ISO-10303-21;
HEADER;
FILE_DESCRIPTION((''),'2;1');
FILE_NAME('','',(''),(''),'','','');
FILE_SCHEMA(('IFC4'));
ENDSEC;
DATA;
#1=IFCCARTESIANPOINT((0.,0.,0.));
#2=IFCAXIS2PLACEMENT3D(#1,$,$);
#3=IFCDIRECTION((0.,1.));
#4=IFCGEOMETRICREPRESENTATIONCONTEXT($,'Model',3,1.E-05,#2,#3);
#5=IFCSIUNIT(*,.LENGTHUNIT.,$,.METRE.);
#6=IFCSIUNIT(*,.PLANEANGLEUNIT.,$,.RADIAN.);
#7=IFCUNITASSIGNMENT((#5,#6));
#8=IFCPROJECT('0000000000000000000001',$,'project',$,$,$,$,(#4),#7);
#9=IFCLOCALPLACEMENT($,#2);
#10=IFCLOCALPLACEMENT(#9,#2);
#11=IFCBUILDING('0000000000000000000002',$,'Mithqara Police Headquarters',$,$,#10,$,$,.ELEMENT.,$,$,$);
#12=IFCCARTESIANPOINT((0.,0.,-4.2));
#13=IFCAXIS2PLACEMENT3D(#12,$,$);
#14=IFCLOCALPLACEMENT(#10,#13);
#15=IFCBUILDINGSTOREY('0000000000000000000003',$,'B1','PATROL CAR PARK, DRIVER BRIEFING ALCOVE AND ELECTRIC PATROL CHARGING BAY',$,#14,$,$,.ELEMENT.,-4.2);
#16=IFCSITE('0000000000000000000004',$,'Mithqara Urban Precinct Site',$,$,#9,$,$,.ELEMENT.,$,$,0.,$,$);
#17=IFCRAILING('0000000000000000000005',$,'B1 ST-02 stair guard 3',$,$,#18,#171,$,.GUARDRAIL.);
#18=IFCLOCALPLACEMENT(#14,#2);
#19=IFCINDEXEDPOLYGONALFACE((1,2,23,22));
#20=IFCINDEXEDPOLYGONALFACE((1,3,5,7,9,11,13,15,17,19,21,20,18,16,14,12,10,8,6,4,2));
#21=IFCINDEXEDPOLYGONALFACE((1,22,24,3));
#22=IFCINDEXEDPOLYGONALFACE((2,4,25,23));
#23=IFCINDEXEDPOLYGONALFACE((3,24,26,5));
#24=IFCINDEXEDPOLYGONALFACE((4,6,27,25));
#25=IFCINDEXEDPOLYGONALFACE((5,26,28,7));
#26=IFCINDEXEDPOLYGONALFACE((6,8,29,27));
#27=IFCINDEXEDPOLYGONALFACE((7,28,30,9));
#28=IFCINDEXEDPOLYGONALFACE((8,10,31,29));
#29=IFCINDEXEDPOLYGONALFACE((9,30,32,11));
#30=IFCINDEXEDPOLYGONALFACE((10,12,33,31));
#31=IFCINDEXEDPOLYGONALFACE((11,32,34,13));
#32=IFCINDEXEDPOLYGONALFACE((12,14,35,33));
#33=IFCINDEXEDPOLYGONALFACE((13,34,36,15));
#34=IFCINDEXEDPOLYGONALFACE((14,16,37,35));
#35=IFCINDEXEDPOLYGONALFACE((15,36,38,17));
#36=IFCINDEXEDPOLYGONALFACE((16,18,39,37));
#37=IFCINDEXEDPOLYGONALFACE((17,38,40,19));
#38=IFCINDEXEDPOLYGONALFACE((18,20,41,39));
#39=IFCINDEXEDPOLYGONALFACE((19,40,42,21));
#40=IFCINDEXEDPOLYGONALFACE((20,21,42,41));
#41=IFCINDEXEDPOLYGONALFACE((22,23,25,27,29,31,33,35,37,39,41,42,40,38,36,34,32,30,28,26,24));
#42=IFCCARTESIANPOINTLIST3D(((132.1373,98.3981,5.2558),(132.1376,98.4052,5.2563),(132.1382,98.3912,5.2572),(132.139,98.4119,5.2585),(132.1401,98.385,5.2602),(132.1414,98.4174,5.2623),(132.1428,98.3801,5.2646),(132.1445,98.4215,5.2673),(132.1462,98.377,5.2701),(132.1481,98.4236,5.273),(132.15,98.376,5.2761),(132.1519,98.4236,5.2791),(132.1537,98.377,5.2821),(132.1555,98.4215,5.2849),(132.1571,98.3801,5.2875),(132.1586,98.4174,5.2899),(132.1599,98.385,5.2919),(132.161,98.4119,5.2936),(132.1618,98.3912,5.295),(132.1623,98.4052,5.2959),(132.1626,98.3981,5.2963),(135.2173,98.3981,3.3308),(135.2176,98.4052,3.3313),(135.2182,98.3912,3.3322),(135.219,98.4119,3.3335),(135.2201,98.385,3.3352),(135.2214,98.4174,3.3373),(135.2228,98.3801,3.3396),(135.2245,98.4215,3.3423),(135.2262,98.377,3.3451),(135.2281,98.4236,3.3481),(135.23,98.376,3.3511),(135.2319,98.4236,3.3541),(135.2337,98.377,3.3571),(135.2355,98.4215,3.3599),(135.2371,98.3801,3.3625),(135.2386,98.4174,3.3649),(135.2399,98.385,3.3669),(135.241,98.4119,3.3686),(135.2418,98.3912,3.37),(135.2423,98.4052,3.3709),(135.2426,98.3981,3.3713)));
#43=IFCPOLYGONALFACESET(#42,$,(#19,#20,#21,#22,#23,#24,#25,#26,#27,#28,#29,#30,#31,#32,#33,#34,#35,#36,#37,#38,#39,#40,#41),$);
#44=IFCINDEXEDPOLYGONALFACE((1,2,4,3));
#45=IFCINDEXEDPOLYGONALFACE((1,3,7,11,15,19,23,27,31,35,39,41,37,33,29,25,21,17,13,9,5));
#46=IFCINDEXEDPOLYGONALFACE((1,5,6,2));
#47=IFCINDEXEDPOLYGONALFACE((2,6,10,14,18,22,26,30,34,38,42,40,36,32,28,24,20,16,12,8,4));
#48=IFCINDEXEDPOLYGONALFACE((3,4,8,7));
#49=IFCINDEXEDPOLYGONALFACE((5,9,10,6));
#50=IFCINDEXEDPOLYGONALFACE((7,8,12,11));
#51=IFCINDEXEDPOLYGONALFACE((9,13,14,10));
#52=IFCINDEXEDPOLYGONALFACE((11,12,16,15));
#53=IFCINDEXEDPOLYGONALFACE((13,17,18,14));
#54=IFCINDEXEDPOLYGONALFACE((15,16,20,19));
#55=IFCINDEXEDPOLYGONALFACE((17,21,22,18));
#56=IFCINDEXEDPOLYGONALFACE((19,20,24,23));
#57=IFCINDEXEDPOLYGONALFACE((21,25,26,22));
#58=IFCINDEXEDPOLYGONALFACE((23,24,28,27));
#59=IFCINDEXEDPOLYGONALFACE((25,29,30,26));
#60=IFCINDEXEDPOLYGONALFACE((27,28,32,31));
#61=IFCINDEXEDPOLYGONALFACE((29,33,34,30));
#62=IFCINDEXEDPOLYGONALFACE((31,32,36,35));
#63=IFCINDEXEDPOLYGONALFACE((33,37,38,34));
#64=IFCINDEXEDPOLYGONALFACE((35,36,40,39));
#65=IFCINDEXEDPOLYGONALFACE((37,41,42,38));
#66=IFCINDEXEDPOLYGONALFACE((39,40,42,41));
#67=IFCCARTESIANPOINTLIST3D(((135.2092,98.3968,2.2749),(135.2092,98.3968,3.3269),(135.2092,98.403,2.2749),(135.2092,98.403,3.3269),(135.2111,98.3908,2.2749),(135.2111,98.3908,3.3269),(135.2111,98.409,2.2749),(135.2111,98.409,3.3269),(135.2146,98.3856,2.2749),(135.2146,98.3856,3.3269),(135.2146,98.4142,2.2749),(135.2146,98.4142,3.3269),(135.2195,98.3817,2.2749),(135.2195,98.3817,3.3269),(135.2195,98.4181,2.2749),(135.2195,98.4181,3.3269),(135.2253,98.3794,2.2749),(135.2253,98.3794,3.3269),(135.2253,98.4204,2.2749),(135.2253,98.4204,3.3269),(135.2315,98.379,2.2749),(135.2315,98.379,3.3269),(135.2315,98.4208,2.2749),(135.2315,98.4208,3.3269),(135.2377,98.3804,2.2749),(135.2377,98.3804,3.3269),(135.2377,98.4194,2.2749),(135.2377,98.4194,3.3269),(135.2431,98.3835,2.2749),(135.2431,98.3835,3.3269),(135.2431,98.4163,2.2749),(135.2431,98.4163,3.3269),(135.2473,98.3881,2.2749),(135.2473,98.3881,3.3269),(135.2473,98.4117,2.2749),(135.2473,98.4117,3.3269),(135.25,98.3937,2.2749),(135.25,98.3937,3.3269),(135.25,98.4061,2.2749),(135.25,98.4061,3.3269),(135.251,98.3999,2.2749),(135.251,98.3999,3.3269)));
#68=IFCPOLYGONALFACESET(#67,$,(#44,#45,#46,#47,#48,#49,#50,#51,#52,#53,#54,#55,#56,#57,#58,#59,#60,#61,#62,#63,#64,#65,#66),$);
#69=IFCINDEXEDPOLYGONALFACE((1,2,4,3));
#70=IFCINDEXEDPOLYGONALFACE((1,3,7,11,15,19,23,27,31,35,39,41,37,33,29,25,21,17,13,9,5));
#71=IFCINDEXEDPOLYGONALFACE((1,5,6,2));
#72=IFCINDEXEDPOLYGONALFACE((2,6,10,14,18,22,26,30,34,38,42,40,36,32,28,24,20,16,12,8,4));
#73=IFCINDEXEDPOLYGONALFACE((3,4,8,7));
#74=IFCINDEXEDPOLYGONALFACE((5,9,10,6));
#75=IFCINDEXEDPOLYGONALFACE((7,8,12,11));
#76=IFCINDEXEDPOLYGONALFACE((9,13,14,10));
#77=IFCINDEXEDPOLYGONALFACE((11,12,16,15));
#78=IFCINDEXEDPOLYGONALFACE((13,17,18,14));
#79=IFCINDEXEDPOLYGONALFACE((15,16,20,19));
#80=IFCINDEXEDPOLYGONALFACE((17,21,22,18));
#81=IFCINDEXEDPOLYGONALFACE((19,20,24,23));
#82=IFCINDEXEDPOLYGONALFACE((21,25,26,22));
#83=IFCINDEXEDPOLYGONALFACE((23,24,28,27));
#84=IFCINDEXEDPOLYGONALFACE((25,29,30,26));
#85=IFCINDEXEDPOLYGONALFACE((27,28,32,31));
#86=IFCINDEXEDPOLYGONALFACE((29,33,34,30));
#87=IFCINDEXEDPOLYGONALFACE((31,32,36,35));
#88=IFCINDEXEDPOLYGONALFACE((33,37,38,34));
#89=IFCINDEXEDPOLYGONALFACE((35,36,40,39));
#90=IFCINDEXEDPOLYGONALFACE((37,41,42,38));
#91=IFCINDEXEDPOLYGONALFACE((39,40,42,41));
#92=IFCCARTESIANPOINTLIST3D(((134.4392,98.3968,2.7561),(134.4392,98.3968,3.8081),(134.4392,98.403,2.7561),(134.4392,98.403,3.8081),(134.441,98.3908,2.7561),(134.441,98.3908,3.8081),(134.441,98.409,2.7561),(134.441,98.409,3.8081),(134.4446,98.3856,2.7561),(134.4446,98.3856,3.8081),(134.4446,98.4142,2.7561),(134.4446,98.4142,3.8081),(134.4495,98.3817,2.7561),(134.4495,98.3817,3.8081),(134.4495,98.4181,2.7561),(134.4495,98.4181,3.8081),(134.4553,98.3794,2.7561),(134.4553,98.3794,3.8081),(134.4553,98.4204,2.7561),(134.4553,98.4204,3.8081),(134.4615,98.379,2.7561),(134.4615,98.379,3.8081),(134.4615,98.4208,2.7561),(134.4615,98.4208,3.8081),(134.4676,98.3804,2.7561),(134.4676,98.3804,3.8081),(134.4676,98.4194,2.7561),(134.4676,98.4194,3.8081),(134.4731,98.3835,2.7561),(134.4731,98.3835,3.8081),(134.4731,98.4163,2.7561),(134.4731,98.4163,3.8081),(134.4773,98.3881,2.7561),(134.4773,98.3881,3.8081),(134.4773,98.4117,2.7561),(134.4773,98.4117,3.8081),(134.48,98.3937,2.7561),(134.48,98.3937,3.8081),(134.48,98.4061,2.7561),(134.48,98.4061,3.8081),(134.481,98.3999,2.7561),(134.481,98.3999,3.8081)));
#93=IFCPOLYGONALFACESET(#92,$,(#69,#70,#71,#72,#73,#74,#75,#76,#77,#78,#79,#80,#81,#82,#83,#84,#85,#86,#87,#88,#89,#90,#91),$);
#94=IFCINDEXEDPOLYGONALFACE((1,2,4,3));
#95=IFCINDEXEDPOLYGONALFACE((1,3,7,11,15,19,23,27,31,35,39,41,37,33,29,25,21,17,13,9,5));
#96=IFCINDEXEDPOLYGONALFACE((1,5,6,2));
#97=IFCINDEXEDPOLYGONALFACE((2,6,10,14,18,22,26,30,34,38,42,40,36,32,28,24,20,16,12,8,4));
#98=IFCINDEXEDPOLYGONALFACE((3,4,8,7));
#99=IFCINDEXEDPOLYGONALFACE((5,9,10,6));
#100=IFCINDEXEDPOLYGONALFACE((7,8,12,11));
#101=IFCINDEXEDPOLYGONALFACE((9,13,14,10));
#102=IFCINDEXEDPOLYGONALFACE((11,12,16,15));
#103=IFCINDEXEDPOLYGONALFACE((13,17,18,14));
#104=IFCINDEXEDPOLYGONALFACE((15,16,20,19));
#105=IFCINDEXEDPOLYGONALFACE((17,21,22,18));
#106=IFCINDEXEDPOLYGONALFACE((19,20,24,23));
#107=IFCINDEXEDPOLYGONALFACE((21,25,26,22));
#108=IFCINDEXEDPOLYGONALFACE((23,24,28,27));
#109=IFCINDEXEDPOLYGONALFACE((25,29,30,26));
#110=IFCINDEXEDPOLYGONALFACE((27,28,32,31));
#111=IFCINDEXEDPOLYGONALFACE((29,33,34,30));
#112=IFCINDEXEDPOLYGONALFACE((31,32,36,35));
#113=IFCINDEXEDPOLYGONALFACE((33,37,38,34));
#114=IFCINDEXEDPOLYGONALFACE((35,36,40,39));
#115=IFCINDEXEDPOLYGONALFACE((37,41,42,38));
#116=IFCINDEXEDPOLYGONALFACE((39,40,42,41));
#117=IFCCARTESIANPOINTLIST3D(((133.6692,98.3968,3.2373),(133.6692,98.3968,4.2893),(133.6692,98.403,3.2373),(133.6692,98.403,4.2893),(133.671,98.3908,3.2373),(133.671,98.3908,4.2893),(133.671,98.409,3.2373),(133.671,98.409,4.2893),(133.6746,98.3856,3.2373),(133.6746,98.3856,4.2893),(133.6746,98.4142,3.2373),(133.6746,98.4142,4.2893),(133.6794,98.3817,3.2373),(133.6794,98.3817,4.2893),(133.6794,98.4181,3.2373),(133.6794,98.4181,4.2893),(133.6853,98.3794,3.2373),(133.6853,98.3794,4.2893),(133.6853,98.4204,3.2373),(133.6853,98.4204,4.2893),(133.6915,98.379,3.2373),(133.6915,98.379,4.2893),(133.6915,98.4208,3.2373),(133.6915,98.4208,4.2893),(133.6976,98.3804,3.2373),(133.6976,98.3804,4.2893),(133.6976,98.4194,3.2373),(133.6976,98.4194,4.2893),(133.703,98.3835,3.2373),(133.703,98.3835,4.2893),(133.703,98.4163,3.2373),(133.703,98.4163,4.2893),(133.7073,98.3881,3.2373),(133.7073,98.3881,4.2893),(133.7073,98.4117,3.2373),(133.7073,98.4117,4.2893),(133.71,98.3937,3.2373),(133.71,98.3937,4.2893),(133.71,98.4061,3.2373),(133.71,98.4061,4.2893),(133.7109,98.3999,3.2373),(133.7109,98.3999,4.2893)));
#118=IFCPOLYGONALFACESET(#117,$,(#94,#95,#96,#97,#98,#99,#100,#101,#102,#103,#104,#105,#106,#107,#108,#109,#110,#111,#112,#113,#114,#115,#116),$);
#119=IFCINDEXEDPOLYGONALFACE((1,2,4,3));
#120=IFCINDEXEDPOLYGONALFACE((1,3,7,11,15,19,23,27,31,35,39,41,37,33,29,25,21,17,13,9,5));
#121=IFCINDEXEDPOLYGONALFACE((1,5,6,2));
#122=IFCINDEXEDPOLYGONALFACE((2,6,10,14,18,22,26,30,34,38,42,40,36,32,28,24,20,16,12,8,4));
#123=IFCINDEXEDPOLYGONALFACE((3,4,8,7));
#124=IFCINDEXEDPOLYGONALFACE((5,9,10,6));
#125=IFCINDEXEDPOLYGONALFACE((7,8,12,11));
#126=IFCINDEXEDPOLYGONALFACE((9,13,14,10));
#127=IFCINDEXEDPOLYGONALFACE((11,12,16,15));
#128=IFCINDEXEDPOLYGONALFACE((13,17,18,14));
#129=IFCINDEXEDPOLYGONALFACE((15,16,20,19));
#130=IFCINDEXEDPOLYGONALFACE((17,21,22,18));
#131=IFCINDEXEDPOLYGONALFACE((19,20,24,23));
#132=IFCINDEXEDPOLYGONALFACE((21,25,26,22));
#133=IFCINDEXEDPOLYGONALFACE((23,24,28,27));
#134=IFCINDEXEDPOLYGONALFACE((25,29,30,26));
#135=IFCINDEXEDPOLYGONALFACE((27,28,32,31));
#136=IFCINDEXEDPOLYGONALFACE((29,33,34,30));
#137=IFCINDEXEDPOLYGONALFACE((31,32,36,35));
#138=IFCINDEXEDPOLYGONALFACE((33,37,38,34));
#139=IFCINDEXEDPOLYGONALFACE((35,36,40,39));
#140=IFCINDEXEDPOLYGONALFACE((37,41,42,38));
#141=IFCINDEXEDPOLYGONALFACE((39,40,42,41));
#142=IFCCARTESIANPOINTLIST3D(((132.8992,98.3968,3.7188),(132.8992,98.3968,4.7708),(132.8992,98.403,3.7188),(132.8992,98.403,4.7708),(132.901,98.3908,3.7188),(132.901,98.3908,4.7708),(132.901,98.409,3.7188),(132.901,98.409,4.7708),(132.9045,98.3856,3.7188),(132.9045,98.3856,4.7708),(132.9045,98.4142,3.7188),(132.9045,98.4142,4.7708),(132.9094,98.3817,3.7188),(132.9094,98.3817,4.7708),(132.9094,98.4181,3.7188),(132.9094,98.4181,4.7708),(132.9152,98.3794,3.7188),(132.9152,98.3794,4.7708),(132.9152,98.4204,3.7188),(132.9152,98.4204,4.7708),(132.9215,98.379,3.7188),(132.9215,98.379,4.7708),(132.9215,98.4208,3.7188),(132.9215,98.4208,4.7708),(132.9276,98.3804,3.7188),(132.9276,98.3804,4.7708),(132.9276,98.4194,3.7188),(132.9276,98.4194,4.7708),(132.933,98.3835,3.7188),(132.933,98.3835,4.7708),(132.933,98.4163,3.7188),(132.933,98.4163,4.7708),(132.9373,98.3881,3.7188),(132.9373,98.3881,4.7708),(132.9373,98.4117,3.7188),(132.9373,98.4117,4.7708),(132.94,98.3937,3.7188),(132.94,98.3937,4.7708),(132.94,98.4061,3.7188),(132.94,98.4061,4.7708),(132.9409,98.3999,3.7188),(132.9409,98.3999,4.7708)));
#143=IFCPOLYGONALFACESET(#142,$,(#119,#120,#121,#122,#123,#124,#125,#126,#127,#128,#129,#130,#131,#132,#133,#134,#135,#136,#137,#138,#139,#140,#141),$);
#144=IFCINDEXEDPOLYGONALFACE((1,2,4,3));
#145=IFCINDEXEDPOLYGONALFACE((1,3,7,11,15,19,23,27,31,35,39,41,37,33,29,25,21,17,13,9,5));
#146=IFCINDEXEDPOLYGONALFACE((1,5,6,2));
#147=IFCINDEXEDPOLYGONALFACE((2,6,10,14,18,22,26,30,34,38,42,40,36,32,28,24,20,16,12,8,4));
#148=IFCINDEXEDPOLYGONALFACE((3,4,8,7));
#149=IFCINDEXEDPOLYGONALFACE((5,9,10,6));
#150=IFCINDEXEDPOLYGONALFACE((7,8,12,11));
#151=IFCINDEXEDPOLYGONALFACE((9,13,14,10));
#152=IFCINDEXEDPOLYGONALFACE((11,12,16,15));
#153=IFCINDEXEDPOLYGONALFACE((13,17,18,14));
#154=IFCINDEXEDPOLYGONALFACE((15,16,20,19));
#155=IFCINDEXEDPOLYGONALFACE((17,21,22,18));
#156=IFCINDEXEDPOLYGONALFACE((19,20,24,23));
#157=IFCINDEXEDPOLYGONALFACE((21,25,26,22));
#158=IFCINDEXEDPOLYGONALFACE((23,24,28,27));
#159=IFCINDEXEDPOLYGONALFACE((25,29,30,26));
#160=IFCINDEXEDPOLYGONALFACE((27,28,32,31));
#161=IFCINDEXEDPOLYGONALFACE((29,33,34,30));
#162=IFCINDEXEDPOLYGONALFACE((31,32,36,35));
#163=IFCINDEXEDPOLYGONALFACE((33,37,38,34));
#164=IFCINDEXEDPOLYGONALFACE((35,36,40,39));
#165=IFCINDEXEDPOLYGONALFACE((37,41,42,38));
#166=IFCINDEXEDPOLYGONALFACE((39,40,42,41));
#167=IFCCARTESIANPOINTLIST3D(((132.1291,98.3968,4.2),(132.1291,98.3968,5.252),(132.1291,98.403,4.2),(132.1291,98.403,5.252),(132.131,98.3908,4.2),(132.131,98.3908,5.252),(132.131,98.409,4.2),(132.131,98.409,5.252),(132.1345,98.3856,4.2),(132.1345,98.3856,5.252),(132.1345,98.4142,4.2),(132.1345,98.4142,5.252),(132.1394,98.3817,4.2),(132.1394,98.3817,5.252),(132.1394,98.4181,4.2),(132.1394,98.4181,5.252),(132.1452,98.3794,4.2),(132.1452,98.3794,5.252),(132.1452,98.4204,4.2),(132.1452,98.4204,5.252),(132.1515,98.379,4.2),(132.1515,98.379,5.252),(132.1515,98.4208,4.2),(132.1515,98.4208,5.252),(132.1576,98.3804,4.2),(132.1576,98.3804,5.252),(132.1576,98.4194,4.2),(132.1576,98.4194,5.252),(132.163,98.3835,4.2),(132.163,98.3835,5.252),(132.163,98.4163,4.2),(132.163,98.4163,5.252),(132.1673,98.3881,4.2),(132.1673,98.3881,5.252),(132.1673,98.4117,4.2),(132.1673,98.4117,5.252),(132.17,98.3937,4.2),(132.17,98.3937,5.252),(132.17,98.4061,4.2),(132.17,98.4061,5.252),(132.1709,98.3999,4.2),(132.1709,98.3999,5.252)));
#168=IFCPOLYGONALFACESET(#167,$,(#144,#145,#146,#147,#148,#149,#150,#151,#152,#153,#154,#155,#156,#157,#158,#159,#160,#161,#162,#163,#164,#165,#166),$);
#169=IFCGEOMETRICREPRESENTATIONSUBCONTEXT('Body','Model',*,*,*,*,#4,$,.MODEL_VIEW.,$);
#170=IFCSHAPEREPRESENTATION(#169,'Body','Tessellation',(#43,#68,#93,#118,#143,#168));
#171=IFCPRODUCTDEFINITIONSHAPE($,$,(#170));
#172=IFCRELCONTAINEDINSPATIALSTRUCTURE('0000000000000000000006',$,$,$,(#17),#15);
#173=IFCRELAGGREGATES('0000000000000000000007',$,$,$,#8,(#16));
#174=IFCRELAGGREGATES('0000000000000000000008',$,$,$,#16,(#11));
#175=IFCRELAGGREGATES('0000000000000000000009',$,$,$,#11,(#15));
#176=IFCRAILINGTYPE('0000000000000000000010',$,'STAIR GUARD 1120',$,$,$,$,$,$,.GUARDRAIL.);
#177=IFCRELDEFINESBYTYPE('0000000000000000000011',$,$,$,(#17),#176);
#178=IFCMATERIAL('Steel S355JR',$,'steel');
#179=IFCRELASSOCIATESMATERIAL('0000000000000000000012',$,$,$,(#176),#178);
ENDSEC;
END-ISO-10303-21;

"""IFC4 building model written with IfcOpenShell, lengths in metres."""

from ifc_helpers import new_model, si_unit, direction, frame, origin, origin_2d, place, context, subcontext, project, spatial, circle, extrude, material, type_object, element, save


model = new_model("IFC4")

# Units and contexts
model_context = context("Model", 3, precision=1e-05, world=origin(), true_north=direction((0.0, 1.0)))
body_context = subcontext(model_context, "Body", "Model", "MODEL_VIEW")
ifc_project = project(units=[si_unit("LENGTHUNIT", "METRE"), si_unit("PLANEANGLEUNIT", "RADIAN")], contexts=[model_context])

# Site, building, storey
site_placement = place(None, origin())
site = spatial("IfcSite", under=ifc_project, at=site_placement, Name="Mithqara Urban Precinct Site", CompositionType="ELEMENT", RefElevation=0.0)
building_placement = place(site_placement, origin())
building = spatial("IfcBuilding", under=site, at=building_placement, Name="Mithqara Police Headquarters", CompositionType="ELEMENT")
storey_placement = place(building_placement, frame((0.0, 0.0, -4.2)))
storey = spatial("IfcBuildingStorey", under=building, at=storey_placement, Name="B1", Description="PATROL CAR PARK, DRIVER BRIEFING ALCOVE AND ELECTRIC PATROL CHARGING BAY", CompositionType="ELEMENT", Elevation=-4.2)

# Shared definitions
ifc_material_1 = material(Name="Steel S355JR", Category="steel")

# Railing
railing_type_1 = type_object("IfcRailingType", Name="STAIR GUARD 1120", PredefinedType="GUARDRAIL", material=ifc_material_1)
railing_1_placement = place(storey_placement, frame((135.23, 98.3999, 2.2749)))
element("IfcRailing", 1, at=railing_1_placement, inside=storey, type_object=railing_type_1, Name="B1 ST-02 stair guard 3", PredefinedType="GUARDRAIL", context=body_context, shape_type="SweptSolid", body=[
    extrude(circle(Radius=0.0239, at=origin_2d()), frame((0.0, 0.0, 1.0762), z_axis=(-0.847998, 0.0, 0.529999), x_axis=(0.0, -1.0, 0.0)), (0.0, 0.0, 1.0), 3.6321),
    extrude(circle(Radius=0.021, at=origin_2d()), origin(), (0.0, 0.0, 1.0), 1.052),
    extrude(circle(Radius=0.021, at=origin_2d()), frame((-0.77, 0.0, 0.4812)), (0.0, 0.0, 1.0), 1.052),
    extrude(circle(Radius=0.021, at=origin_2d()), frame((-1.54, 0.0, 0.9624)), (0.0, 0.0, 1.0), 1.052),
    extrude(circle(Radius=0.021, at=origin_2d()), frame((-2.3101, 0.0, 1.4438)), (0.0, 0.0, 1.0), 1.052),
    extrude(circle(Radius=0.021, at=origin_2d()), frame((-3.0801, 0.0, 1.925)), (0.0, 0.0, 1.0), 1.052),
])

save(model, "model.ifc")
